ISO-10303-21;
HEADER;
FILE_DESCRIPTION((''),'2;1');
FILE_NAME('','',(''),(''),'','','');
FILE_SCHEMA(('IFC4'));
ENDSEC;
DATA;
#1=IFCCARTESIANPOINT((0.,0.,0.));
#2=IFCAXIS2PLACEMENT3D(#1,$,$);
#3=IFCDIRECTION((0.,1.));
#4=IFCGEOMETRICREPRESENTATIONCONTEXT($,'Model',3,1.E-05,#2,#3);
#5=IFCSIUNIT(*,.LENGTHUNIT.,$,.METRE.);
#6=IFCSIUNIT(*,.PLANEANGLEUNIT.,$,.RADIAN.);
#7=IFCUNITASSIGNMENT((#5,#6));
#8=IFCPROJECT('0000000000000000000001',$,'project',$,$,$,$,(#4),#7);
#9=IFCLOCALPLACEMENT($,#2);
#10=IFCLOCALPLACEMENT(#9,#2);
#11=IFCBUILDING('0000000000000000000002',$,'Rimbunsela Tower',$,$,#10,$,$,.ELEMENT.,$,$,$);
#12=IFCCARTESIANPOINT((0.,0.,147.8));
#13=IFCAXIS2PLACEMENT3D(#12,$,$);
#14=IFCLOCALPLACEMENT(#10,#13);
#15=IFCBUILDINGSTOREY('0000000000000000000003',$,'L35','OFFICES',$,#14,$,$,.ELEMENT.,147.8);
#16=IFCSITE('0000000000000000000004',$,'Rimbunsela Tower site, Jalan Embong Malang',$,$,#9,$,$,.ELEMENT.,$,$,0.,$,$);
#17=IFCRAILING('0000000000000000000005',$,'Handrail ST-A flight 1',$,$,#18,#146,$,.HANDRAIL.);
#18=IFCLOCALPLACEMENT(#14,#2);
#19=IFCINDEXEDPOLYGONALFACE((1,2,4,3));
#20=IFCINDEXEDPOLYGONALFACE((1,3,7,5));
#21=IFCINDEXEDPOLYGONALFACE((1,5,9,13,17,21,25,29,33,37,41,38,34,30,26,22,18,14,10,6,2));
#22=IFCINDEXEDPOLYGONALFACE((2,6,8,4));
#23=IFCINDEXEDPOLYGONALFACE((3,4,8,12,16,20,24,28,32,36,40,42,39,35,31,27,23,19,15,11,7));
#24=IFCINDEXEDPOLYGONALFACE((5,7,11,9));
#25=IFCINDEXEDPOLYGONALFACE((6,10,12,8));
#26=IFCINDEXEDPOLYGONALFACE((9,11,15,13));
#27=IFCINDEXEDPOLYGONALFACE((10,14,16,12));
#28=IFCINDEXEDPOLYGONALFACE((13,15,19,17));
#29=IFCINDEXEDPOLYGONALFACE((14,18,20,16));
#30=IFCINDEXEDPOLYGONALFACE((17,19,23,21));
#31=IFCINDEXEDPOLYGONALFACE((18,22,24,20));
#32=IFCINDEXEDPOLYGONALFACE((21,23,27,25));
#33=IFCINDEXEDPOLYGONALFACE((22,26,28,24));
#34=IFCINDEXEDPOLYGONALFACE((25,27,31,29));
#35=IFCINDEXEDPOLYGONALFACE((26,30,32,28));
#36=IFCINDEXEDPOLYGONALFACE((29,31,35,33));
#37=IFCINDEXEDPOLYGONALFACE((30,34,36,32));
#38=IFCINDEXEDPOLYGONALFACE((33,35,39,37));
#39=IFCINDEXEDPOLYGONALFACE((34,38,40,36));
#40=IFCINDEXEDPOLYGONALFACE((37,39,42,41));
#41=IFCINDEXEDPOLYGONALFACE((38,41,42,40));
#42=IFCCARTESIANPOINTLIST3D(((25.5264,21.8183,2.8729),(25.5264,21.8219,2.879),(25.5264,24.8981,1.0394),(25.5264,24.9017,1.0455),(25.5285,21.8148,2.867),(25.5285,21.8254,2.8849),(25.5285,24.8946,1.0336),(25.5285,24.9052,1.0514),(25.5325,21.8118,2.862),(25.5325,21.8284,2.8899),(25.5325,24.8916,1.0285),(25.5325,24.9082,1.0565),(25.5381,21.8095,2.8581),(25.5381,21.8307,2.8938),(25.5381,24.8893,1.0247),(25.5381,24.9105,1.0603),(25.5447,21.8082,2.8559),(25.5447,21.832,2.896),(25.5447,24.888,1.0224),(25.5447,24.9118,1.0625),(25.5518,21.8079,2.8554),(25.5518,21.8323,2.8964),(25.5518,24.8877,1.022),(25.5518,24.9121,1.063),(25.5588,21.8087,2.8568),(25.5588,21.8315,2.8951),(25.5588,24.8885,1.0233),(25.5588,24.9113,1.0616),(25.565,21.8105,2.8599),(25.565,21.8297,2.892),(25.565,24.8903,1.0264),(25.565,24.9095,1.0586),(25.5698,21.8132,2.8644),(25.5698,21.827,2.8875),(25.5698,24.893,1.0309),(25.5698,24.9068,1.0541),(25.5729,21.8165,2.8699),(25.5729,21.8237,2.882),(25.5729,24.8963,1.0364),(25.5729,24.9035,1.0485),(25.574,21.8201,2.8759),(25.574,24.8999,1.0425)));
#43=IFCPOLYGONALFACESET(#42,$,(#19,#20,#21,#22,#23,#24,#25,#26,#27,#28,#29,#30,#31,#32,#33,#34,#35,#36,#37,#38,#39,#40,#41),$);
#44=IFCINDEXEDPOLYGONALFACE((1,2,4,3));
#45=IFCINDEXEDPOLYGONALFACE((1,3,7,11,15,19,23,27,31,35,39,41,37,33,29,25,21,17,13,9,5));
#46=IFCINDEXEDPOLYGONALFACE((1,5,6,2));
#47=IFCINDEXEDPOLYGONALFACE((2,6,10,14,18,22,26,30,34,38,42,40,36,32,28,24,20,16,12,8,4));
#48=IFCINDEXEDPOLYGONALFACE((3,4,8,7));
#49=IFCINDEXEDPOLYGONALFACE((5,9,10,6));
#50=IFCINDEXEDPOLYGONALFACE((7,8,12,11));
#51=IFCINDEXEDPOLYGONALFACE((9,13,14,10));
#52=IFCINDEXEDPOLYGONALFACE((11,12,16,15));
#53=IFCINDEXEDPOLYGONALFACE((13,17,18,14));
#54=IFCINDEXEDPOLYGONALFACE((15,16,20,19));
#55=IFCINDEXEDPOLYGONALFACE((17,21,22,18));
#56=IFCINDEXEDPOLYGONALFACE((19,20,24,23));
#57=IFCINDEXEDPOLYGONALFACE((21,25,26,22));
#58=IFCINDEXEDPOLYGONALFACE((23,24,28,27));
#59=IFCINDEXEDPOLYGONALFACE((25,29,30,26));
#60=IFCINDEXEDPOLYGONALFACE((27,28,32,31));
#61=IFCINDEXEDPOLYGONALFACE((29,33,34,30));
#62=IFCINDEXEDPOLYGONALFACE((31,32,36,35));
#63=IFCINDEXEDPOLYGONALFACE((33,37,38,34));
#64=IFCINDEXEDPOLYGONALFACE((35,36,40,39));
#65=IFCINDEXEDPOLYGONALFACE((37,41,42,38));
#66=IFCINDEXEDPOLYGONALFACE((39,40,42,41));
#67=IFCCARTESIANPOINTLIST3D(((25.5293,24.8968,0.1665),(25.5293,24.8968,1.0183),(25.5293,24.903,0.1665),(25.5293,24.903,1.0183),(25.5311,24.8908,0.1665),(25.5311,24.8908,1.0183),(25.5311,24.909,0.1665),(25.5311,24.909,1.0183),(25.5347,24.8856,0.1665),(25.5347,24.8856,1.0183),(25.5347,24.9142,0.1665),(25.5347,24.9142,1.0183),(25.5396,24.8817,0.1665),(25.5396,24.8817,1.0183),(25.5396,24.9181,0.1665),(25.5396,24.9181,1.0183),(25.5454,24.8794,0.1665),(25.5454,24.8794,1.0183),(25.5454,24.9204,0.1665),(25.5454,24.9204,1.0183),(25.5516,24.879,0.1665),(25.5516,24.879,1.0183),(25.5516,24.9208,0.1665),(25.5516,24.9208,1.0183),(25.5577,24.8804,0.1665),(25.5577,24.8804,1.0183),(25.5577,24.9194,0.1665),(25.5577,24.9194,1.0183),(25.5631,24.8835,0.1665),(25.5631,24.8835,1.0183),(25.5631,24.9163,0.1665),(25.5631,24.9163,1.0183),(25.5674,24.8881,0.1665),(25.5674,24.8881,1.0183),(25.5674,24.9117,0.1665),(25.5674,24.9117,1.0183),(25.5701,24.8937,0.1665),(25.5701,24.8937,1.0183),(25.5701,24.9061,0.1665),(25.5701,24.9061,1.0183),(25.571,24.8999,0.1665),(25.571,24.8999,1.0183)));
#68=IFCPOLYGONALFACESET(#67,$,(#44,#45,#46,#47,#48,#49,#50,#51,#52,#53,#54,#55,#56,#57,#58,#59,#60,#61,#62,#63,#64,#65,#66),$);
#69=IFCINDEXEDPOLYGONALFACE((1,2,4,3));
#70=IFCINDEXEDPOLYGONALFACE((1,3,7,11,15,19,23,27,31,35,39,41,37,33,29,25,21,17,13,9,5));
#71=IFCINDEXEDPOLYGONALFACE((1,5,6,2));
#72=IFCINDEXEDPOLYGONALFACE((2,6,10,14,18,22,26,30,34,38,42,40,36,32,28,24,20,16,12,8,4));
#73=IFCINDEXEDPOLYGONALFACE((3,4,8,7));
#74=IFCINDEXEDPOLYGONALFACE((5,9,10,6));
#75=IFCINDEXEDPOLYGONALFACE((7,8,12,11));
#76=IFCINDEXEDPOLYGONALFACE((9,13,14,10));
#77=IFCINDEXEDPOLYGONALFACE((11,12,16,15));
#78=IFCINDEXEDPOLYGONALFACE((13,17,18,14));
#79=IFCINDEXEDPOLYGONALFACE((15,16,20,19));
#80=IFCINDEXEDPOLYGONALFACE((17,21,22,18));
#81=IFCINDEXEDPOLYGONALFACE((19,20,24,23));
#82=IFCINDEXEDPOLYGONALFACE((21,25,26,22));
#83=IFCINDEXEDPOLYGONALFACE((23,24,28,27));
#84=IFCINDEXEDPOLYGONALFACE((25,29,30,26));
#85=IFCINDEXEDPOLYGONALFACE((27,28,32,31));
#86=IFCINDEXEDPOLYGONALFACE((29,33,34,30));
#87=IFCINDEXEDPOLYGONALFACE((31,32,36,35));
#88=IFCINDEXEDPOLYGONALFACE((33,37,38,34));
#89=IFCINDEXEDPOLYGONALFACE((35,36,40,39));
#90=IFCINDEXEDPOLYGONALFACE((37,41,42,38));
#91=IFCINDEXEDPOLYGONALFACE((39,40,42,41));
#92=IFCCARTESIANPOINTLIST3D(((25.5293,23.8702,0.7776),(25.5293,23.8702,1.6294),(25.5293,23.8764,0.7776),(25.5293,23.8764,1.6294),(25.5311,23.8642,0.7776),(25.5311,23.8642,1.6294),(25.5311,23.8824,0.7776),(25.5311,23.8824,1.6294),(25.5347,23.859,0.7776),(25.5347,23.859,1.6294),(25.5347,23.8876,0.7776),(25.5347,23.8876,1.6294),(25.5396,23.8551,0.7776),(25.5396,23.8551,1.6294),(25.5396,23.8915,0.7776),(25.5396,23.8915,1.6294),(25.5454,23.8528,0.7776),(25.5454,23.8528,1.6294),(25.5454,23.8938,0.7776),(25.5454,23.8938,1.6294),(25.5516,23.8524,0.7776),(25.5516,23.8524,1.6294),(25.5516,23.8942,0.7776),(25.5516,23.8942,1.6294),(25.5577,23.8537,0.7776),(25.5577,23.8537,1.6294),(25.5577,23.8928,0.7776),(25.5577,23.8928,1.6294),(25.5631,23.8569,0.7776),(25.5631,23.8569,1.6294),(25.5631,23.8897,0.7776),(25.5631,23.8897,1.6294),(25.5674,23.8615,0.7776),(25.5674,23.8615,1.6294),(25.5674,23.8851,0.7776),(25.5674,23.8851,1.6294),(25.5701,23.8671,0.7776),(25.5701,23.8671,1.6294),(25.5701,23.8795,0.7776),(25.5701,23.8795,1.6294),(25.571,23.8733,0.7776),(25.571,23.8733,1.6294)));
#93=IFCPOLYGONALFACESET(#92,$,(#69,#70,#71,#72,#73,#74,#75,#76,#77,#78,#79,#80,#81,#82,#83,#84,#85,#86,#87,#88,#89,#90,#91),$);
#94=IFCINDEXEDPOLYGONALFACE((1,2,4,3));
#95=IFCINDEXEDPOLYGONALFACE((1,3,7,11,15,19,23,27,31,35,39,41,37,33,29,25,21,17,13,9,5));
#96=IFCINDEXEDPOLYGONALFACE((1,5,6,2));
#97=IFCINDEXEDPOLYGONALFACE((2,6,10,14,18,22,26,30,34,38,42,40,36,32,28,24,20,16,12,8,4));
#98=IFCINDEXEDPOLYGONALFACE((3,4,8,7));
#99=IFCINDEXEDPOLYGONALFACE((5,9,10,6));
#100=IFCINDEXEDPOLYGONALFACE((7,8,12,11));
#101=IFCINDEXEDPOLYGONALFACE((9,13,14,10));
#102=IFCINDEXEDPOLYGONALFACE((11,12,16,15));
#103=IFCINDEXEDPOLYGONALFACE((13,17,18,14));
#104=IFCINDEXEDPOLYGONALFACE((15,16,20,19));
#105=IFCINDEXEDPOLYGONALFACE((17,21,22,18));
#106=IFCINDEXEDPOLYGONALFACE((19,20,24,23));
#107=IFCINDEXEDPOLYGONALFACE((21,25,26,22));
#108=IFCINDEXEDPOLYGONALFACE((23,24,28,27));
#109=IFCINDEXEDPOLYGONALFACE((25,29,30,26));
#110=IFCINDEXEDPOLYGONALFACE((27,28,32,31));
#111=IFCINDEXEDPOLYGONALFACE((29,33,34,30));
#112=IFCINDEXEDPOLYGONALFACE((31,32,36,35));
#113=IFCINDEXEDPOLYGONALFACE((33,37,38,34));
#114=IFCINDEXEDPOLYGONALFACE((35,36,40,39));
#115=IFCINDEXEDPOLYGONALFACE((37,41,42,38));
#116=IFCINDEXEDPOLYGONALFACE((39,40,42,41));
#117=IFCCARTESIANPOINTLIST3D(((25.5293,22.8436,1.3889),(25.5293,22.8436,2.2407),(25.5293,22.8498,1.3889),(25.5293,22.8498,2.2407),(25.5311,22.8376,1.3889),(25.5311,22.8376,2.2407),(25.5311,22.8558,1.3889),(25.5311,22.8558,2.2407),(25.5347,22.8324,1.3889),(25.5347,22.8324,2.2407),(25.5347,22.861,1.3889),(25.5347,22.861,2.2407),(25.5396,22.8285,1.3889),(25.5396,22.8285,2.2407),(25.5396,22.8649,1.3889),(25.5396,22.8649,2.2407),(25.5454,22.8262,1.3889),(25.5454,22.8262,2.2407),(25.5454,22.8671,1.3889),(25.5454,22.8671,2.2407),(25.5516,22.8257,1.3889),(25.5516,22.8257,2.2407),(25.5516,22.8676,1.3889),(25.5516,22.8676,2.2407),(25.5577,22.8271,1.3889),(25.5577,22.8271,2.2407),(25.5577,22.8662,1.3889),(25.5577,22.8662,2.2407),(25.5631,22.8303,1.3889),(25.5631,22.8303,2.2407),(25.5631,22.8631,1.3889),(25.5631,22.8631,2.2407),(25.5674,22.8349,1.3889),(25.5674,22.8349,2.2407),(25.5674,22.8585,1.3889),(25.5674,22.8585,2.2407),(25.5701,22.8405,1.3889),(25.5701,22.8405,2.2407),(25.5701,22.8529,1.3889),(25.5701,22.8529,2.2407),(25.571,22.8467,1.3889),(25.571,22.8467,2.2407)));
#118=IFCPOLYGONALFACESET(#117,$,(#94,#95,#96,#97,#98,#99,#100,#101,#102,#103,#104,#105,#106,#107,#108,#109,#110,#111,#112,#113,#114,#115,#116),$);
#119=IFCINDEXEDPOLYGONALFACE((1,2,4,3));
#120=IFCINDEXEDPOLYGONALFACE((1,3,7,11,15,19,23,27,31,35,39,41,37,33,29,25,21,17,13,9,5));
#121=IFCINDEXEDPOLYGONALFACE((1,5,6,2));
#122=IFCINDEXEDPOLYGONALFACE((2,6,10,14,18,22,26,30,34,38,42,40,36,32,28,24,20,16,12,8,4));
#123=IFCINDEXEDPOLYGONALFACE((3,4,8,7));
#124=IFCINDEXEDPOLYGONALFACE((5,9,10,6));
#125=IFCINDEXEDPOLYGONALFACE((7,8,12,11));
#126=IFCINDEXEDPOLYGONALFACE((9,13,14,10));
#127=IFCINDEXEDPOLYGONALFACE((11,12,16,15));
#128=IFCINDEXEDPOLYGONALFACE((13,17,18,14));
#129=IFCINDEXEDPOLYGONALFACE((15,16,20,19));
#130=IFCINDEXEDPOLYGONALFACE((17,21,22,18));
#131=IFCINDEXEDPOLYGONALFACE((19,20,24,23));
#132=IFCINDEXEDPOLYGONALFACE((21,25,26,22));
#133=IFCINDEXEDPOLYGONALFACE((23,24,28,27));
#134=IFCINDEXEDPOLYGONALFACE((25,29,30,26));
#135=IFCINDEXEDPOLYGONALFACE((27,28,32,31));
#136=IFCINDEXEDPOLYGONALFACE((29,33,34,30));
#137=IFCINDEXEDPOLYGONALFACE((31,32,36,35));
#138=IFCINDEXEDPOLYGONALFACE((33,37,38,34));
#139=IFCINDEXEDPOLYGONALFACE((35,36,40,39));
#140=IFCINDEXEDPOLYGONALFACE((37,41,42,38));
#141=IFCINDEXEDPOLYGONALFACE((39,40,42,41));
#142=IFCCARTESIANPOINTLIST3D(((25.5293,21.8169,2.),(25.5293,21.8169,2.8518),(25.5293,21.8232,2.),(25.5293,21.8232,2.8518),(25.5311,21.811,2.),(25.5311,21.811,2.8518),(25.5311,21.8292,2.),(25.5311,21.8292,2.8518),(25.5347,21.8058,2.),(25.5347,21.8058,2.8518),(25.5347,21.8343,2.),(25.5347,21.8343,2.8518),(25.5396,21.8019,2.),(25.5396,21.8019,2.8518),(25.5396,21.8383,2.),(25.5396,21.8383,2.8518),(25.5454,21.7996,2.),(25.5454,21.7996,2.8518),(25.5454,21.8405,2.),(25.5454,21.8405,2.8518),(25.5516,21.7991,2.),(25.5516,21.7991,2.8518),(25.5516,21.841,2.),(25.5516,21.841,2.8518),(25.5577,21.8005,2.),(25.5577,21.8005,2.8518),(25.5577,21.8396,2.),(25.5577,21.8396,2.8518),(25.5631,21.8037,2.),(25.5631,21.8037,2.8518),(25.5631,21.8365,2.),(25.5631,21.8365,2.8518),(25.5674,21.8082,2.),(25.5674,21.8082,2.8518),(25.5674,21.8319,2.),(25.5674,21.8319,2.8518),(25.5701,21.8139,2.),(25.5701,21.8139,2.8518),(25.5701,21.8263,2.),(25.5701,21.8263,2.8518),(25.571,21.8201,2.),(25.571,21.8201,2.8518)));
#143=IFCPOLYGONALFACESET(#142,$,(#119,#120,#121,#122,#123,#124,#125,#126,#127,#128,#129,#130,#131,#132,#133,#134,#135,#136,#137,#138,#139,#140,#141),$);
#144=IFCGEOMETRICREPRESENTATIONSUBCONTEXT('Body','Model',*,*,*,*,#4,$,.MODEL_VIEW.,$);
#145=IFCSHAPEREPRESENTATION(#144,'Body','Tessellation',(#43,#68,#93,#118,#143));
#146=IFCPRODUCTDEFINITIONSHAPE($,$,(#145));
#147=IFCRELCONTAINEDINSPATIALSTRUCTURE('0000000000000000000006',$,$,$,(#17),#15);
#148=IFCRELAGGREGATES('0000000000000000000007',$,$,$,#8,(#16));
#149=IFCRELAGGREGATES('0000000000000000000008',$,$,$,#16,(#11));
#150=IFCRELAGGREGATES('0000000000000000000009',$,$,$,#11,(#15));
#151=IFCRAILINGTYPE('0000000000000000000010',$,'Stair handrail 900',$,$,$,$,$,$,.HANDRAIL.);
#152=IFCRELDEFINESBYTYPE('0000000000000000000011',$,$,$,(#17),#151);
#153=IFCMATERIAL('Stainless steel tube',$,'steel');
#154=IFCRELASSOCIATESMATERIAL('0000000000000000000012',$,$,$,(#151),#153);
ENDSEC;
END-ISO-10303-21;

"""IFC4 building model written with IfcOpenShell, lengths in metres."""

from ifc_helpers import new_model, si_unit, direction, frame, origin, origin_2d, place, context, subcontext, project, spatial, circle, extrude, material, type_object, element, save


model = new_model("IFC4")

# Units and contexts
model_context = context("Model", 3, precision=1e-05, world=origin(), true_north=direction((0.0, 1.0)))
body_context = subcontext(model_context, "Body", "Model", "MODEL_VIEW")
ifc_project = project(units=[si_unit("LENGTHUNIT", "METRE"), si_unit("PLANEANGLEUNIT", "RADIAN")], contexts=[model_context])

# Site, building, storey
site_placement = place(None, origin())
site = spatial("IfcSite", under=ifc_project, at=site_placement, Name="Rimbunsela Tower site, Jalan Embong Malang", CompositionType="ELEMENT", RefElevation=0.0)
building_placement = place(site_placement, origin())
building = spatial("IfcBuilding", under=site, at=building_placement, Name="Rimbunsela Tower", CompositionType="ELEMENT")
storey_placement = place(building_placement, frame((0.0, 0.0, 147.8)))
storey = spatial("IfcBuildingStorey", under=building, at=storey_placement, Name="L35", Description="OFFICES", CompositionType="ELEMENT", Elevation=147.8)

# Railing
ifc_material_1 = material(Name="Stainless steel tube", Category="steel")
railing_type = type_object("IfcRailingType", Name="Stair handrail 900", PredefinedType="HANDRAIL", material=ifc_material_1)
railing_placement = place(storey_placement, frame((25.55, 24.8999, 0.1665)))
element("IfcRailing", 1, at=railing_placement, inside=storey, type_object=railing_type, Name="Handrail ST-A flight 1", PredefinedType="HANDRAIL", context=body_context, shape_type="SweptSolid", body=[
    extrude(circle(Radius=0.0239, at=origin_2d()), frame((0.0, 0.0, 0.876), z_axis=(0.0, -0.859261, 0.511538), x_axis=(1.0, 0.0, 0.0)), (0.0, 0.0, 1.0), 3.5842),
    extrude(circle(Radius=0.021, at=origin_2d()), origin(), (0.0, 0.0, 1.0), 0.8518),
    extrude(circle(Radius=0.021, at=origin_2d()), frame((0.0, -1.0266, 0.6111)), (0.0, 0.0, 1.0), 0.8518),
    extrude(circle(Radius=0.021, at=origin_2d()), frame((0.0, -2.0532, 1.2224)), (0.0, 0.0, 1.0), 0.8518),
    extrude(circle(Radius=0.021, at=origin_2d()), frame((0.0, -3.0798, 1.8335)), (0.0, 0.0, 1.0), 0.8518),
])

save(model, "model.ifc")
